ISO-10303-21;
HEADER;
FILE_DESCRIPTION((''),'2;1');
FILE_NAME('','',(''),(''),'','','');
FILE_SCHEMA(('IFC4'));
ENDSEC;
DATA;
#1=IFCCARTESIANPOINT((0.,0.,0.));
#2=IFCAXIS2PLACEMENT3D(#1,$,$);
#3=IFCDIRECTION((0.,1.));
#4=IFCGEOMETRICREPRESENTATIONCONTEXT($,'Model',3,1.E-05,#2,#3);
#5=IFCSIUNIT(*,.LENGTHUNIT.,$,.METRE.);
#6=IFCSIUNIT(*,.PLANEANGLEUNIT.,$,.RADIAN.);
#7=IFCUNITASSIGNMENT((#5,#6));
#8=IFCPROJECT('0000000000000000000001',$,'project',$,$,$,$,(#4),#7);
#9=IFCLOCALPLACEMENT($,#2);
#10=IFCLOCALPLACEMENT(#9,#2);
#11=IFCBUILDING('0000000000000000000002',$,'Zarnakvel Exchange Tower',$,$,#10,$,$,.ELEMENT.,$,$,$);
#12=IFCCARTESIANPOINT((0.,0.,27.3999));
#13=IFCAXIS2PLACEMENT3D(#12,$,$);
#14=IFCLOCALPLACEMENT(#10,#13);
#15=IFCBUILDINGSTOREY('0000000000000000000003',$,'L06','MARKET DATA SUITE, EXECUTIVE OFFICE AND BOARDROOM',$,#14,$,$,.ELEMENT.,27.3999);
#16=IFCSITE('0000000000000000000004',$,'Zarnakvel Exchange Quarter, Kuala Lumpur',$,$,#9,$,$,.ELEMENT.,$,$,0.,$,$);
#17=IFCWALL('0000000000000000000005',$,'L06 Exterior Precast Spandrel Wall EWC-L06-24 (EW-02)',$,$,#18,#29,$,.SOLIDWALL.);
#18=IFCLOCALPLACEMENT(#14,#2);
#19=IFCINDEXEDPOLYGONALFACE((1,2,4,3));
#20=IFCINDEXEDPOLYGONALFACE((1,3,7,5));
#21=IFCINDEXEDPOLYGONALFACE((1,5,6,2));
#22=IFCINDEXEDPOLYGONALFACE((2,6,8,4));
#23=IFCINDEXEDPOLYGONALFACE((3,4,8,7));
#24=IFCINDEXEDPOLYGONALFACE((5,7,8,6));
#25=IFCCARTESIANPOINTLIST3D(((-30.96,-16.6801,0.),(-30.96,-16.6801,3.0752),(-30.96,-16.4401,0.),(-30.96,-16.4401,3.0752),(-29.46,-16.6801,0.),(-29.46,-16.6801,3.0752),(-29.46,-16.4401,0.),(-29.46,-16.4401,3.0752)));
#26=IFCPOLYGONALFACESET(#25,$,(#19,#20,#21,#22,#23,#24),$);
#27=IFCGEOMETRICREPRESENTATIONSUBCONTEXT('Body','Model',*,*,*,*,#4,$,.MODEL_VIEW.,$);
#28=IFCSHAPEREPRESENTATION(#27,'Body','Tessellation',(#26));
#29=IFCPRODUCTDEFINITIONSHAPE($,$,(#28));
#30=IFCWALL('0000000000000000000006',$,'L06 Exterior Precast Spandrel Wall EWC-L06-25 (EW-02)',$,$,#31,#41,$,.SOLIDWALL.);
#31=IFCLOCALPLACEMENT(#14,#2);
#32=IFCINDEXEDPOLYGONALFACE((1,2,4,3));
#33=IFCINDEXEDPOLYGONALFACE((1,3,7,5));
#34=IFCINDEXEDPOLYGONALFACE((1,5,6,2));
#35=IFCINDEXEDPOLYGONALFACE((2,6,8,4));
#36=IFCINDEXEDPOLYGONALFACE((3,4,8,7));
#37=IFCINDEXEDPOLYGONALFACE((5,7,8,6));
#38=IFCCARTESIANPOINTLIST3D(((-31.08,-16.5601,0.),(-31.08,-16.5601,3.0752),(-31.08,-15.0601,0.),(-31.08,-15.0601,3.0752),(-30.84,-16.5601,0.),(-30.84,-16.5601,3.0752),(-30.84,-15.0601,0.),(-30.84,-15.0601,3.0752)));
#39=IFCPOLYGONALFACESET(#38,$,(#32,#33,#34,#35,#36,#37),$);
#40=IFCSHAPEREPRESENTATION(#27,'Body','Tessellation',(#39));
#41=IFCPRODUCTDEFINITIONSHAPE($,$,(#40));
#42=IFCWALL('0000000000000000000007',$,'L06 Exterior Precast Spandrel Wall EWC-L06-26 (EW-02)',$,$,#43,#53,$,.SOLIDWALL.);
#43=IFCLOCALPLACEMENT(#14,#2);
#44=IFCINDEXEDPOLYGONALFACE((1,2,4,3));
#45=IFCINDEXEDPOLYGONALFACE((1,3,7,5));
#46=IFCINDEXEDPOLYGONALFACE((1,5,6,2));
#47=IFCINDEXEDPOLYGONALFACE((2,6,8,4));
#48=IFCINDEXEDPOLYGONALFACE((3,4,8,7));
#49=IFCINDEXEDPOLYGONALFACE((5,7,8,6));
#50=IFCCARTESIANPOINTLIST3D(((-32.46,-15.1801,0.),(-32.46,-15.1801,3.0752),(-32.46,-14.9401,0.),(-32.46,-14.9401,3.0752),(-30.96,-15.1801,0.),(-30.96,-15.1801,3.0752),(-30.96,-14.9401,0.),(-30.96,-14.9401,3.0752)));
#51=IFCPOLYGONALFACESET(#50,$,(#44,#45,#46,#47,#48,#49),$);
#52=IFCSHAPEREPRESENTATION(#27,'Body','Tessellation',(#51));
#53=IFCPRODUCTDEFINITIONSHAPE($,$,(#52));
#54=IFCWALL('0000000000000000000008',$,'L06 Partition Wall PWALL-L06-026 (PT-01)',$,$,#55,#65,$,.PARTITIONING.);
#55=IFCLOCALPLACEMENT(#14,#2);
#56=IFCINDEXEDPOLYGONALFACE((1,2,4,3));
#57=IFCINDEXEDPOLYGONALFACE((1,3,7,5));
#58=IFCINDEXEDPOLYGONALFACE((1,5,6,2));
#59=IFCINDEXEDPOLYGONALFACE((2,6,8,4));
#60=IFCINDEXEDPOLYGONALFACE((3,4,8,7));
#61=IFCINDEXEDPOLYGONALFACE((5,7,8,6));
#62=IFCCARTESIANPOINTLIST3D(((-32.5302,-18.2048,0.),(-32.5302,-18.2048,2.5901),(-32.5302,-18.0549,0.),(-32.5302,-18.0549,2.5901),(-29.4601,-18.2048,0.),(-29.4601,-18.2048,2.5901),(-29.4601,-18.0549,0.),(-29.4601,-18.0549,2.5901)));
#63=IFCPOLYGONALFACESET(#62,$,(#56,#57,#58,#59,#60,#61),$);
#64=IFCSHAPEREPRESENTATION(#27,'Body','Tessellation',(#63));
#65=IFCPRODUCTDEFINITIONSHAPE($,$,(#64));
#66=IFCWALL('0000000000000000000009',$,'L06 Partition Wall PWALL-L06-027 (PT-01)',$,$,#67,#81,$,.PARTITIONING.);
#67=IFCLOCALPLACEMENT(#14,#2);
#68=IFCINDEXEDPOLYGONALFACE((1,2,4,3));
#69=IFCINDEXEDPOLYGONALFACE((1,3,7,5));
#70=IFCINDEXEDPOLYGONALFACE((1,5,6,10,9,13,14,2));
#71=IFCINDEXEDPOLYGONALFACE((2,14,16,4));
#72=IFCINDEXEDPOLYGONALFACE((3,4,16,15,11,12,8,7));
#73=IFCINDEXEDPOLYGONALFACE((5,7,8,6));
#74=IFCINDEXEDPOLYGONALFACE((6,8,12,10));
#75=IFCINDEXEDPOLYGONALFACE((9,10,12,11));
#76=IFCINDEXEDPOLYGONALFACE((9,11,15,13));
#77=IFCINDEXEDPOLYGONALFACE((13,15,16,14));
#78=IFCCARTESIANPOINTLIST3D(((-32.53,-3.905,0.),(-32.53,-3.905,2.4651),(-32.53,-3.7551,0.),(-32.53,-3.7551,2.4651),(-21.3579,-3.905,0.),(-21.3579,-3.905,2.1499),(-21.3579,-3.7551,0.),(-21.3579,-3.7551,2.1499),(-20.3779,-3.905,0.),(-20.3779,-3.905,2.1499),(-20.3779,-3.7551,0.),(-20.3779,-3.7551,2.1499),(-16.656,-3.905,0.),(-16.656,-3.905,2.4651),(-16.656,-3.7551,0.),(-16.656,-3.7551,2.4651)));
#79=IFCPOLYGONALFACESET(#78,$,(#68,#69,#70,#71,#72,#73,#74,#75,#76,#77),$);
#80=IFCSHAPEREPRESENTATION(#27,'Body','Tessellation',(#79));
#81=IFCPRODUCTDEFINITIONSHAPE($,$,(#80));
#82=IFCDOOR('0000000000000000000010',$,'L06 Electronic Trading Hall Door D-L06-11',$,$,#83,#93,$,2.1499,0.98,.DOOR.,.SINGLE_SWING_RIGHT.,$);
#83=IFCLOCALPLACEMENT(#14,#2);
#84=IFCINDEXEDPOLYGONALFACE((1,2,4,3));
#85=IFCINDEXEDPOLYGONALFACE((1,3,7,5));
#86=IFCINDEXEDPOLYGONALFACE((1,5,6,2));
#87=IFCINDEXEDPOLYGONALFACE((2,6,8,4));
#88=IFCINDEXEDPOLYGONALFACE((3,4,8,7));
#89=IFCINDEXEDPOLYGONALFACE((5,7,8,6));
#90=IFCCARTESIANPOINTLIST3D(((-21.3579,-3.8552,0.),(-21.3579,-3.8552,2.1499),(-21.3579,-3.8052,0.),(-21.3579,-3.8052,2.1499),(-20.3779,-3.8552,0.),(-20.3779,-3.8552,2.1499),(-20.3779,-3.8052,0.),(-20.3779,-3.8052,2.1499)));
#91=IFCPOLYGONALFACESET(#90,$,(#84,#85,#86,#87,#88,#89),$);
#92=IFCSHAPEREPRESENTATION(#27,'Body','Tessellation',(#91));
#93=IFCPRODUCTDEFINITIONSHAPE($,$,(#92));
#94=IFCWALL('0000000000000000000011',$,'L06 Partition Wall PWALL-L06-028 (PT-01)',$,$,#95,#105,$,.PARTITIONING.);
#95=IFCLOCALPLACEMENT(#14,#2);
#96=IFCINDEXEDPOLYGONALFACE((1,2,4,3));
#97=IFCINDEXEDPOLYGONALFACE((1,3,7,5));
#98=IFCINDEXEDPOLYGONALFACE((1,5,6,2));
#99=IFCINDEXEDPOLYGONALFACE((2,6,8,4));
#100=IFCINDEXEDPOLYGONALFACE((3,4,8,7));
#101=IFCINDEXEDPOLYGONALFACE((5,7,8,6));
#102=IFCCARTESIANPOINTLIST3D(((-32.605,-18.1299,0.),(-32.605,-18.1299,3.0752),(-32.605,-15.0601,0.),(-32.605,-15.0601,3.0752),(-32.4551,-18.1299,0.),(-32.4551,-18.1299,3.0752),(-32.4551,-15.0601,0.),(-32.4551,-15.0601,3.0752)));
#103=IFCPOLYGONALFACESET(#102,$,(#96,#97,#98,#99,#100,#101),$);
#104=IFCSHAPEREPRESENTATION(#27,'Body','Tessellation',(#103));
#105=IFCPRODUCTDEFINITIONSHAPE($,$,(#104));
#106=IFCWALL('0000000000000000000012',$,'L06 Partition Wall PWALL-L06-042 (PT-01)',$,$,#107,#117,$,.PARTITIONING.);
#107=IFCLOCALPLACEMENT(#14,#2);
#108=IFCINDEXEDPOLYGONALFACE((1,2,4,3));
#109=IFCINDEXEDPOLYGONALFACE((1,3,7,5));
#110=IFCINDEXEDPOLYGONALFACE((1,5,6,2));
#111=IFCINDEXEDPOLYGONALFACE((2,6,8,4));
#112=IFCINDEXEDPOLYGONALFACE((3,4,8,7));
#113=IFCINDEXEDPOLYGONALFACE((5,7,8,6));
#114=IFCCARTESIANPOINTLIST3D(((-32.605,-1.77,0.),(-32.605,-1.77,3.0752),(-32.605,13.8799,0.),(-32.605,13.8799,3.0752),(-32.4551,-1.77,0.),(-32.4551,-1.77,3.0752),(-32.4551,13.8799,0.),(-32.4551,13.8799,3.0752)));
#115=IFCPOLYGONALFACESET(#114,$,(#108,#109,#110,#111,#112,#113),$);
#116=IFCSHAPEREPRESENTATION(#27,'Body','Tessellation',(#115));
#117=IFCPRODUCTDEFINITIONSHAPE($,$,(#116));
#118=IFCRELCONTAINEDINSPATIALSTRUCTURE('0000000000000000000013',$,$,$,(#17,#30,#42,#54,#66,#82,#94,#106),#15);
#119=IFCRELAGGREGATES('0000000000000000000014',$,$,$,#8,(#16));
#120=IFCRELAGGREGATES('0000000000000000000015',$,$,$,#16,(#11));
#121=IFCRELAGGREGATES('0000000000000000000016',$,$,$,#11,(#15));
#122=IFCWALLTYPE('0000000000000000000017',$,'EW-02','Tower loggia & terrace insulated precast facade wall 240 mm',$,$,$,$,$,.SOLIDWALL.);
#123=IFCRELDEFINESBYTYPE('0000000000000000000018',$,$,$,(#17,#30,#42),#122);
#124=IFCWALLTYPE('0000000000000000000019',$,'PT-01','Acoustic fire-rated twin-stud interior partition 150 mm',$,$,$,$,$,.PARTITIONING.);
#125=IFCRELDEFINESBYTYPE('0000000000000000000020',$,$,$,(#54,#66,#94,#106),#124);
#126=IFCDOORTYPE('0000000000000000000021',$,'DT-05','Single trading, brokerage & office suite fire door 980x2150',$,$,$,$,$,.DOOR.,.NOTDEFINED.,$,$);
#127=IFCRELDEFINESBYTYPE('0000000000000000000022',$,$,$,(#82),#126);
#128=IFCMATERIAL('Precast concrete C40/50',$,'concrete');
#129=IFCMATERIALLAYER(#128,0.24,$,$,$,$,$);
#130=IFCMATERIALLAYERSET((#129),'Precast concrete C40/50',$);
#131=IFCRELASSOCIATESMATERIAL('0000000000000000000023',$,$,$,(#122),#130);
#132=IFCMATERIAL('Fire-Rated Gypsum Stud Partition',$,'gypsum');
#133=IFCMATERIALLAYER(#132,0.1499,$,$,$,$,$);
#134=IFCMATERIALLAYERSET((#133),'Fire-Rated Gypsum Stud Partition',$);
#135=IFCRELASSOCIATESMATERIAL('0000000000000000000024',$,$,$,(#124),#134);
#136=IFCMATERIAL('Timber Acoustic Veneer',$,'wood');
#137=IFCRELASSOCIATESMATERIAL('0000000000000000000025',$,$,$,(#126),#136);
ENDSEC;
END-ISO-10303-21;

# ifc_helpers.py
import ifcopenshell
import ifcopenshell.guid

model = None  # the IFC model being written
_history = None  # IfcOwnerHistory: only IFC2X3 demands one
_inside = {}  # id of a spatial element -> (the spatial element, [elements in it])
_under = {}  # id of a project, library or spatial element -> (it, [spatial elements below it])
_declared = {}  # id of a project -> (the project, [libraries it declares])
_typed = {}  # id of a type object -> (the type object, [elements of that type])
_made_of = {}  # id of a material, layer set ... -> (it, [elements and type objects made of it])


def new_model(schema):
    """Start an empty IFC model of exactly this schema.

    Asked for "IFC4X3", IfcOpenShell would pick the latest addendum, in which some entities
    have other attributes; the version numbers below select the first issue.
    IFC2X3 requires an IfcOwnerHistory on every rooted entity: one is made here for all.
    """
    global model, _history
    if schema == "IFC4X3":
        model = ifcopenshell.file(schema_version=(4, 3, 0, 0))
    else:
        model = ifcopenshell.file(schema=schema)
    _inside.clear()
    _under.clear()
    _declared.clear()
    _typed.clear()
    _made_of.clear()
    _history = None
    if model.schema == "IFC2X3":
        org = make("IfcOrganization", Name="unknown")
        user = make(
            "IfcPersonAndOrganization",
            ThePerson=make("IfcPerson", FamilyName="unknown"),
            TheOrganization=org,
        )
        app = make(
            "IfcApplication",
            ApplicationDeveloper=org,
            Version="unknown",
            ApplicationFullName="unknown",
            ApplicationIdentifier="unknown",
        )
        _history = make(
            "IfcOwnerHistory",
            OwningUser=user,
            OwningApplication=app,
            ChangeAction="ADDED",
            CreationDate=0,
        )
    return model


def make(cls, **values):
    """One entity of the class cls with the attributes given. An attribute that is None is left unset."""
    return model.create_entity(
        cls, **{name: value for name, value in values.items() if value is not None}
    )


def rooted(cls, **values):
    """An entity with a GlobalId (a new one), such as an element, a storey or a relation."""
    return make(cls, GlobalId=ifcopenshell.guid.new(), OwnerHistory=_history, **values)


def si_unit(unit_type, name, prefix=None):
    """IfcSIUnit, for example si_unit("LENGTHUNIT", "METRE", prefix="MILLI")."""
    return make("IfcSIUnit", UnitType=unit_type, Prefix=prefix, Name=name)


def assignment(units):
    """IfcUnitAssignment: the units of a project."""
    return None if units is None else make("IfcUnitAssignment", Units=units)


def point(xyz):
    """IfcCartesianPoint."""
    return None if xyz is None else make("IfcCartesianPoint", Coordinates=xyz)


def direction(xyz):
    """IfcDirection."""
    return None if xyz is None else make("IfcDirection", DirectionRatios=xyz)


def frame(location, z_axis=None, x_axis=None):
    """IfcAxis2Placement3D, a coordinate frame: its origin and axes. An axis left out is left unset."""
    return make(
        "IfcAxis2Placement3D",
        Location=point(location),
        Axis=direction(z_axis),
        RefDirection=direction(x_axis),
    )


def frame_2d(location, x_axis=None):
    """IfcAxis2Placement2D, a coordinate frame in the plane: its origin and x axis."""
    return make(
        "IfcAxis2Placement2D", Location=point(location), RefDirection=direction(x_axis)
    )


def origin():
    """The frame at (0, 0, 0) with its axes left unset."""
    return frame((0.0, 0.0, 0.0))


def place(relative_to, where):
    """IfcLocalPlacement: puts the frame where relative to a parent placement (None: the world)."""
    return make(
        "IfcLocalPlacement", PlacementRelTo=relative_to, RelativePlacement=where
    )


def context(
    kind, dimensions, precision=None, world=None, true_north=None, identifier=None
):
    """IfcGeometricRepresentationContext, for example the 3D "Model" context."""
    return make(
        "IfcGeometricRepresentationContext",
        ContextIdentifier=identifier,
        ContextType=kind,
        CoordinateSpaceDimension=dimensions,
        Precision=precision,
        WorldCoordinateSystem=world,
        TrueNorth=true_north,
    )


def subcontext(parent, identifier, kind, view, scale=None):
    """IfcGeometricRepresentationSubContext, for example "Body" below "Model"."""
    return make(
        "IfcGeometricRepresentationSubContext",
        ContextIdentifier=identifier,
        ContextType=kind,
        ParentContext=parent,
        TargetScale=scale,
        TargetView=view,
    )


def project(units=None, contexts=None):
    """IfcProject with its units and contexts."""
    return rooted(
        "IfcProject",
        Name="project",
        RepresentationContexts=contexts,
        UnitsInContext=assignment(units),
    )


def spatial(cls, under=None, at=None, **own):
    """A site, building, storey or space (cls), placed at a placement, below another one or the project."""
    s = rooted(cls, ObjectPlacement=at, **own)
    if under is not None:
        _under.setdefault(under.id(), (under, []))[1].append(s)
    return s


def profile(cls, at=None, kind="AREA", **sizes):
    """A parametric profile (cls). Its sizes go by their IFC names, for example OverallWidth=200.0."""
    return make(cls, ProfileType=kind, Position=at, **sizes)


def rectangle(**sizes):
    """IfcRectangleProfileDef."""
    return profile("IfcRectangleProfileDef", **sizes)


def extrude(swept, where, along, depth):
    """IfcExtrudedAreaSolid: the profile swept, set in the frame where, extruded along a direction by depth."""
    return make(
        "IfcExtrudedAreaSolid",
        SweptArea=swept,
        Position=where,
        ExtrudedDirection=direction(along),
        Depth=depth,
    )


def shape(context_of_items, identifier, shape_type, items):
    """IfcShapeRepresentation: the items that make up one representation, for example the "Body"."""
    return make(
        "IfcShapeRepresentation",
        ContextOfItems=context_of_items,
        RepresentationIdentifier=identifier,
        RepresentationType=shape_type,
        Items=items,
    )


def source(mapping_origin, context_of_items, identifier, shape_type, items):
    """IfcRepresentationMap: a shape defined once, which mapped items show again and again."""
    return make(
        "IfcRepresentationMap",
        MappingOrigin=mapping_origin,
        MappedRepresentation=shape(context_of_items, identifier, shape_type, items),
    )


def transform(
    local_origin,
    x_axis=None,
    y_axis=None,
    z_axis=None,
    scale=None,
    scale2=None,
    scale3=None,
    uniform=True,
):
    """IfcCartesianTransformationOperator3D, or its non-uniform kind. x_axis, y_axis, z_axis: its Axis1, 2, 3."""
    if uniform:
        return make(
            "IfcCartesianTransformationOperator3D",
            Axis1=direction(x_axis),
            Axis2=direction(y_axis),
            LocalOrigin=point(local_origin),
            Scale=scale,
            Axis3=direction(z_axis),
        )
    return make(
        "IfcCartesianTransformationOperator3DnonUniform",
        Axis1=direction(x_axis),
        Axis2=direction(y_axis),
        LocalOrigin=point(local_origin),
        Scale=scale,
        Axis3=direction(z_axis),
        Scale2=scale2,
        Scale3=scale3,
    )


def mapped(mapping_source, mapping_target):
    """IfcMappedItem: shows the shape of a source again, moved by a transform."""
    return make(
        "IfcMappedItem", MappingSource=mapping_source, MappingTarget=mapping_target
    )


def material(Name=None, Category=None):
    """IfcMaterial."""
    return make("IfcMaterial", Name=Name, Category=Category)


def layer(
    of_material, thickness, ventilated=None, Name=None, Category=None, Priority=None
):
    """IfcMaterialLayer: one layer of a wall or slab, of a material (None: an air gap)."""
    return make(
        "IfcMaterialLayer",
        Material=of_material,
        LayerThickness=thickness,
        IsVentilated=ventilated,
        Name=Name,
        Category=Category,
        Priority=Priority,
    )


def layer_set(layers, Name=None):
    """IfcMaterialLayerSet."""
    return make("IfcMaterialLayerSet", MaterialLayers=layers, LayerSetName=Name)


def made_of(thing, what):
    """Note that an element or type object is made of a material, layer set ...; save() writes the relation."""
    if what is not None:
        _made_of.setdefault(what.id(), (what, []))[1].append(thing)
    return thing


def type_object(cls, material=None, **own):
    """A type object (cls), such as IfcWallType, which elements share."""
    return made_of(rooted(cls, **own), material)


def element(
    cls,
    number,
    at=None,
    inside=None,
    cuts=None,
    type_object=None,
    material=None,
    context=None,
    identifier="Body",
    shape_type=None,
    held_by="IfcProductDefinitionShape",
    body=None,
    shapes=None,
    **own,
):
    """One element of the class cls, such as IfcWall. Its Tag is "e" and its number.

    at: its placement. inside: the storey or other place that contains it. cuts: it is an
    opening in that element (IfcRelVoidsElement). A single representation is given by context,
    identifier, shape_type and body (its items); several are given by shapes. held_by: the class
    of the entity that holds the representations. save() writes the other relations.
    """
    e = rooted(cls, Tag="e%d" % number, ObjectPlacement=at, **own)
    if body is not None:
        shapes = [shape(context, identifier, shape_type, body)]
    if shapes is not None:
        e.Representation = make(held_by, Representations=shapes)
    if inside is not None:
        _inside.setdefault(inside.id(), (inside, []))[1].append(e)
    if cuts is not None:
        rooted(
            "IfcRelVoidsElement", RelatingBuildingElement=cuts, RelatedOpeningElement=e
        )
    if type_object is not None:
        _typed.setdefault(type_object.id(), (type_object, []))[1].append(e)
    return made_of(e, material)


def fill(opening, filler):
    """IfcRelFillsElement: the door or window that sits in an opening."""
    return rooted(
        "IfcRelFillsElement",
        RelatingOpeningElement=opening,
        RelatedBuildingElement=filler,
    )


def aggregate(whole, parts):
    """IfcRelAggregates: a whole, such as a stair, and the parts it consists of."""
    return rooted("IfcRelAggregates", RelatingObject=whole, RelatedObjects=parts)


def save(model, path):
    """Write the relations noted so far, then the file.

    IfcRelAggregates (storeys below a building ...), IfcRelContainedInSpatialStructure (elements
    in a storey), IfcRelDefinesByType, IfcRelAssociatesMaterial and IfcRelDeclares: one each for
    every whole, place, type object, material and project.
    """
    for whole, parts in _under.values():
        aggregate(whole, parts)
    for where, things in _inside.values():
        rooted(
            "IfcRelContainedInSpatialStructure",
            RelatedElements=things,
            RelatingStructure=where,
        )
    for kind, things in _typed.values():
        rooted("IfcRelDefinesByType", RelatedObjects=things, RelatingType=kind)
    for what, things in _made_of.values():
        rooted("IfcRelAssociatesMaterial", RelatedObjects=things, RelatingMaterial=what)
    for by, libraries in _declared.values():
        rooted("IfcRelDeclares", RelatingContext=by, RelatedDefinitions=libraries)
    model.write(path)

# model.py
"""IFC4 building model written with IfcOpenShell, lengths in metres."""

from ifc_helpers import new_model, si_unit, direction, frame, frame_2d, origin, place, context, subcontext, project, spatial, rectangle, extrude, source, transform, mapped, material, layer, layer_set, type_object, element, fill, save


model = new_model("IFC4")

# Units and contexts
model_context = context("Model", 3, precision=1e-05, world=origin(), true_north=direction((0.0, 1.0)))
body_context = subcontext(model_context, "Body", "Model", "MODEL_VIEW")
ifc_project = project(units=[si_unit("LENGTHUNIT", "METRE"), si_unit("PLANEANGLEUNIT", "RADIAN")], contexts=[model_context])

# Site, building, storey
site_placement = place(None, origin())
site = spatial("IfcSite", under=ifc_project, at=site_placement, Name="Zarnakvel Exchange Quarter, Kuala Lumpur", CompositionType="ELEMENT", RefElevation=0.0)
building_placement = place(site_placement, origin())
building = spatial("IfcBuilding", under=site, at=building_placement, Name="Zarnakvel Exchange Tower", CompositionType="ELEMENT")
storey_placement = place(building_placement, frame((0.0, 0.0, 27.3999)))
storey = spatial("IfcBuildingStorey", under=building, at=storey_placement, Name="L06", Description="MARKET DATA SUITE, EXECUTIVE OFFICE AND BOARDROOM", CompositionType="ELEMENT", Elevation=27.3999)

# Shared definitions
ifc_material_1 = material(Name="Precast concrete C40/50", Category="concrete")
ifc_layer_1 = layer(ifc_material_1, 0.24)
ifc_layer_set_1 = layer_set([ifc_layer_1], Name="Precast concrete C40/50")
wall_type_1 = type_object("IfcWallType", Name="EW-02", Description="Tower loggia & terrace insulated precast facade wall 240 mm", PredefinedType="SOLIDWALL", material=ifc_layer_set_1)

# Walls
for number, where, z_axis, x_axis, name in (
    (1, (-30.96, -16.5601, 0.0), (0.0, 0.0, 1.0), (1.0, 0.0, 0.0), "L06 Exterior Precast Spandrel Wall EWC-L06-24 (EW-02)"),
    (2, (-30.96, -15.0601, 0.0), (0.0, 0.0, 1.0), (0.0, -1.0, 0.0), "L06 Exterior Precast Spandrel Wall EWC-L06-25 (EW-02)"),
    (3, (-32.46, -15.0601, 0.0), (0.0, 0.0, 1.0), (1.0, 0.0, 0.0), "L06 Exterior Precast Spandrel Wall EWC-L06-26 (EW-02)"),
):
    element("IfcWall", number, at=place(storey_placement, frame(where, z_axis=z_axis, x_axis=x_axis)), inside=storey, type_object=wall_type_1, Name=name, PredefinedType="SOLIDWALL", context=body_context, shape_type="SweptSolid", body=[
        extrude(rectangle(XDim=1.5, YDim=0.24, at=frame_2d((0.75, 0.0))), origin(), (0.0, 0.0, 1.0), 3.0752),
    ])
ifc_material_2 = material(Name="Fire-Rated Gypsum Stud Partition", Category="gypsum")
ifc_layer_2 = layer(ifc_material_2, 0.1499)
ifc_layer_set_2 = layer_set([ifc_layer_2], Name="Fire-Rated Gypsum Stud Partition")
wall_type_2 = type_object("IfcWallType", Name="PT-01", Description="Acoustic fire-rated twin-stud interior partition 150 mm", PredefinedType="PARTITIONING", material=ifc_layer_set_2)
wall_1_placement = place(storey_placement, frame((-29.46, -18.1299, 0.0), z_axis=(0.0, 0.0, 1.0), x_axis=(-1.0, 0.0, 0.0)))
element("IfcWall", 4, at=wall_1_placement, inside=storey, type_object=wall_type_2, Name="L06 Partition Wall PWALL-L06-026 (PT-01)", PredefinedType="PARTITIONING", context=body_context, shape_type="SweptSolid", body=[
    extrude(rectangle(XDim=3.0701, YDim=0.1499, at=frame_2d((1.5352, 0.0))), origin(), (0.0, 0.0, 1.0), 2.5901),
])

# Wall, opening, door
wall_2_placement = place(storey_placement, frame((-32.53, -3.8301, 0.0), z_axis=(0.0, 0.0, 1.0), x_axis=(1.0, 0.0, 0.0)))
wall_2 = element("IfcWall", 5, at=wall_2_placement, inside=storey, type_object=wall_type_2, Name="L06 Partition Wall PWALL-L06-027 (PT-01)", PredefinedType="PARTITIONING", context=body_context, shape_type="SweptSolid", body=[
    extrude(rectangle(XDim=15.874, YDim=0.1499, at=frame_2d((7.937, 0.0))), origin(), (0.0, 0.0, 1.0), 2.4651),
])
opening_1_placement = place(wall_2_placement, frame((11.1721, 0.0, 0.0)))
opening_1 = element("IfcOpeningElement", 6, at=opening_1_placement, cuts=wall_2, PredefinedType="OPENING", context=body_context, shape_type="SweptSolid", body=[
    extrude(rectangle(XDim=0.98, YDim=2.1499, at=frame_2d((0.49, 1.075))), frame((0.0, 0.085, 0.0), z_axis=(0.0, -1.0, 0.0), x_axis=(1.0, 0.0, 0.0)), (0.0, 0.0, 1.0), 0.1699),
])
ifc_material_3 = material(Name="Timber Acoustic Veneer", Category="wood")
door_type_1 = type_object("IfcDoorType", Name="DT-05", Description="Single trading, brokerage & office suite fire door 980x2150", OperationType="NOTDEFINED", PredefinedType="DOOR", material=ifc_material_3)
shared_shape_1 = source(origin(), body_context, "Body", "SweptSolid", [
    extrude(rectangle(XDim=0.98, YDim=2.1499, at=frame_2d((0.49, 1.075))), frame((0.0, 0.0249, 0.0), z_axis=(0.0, -1.0, 0.0), x_axis=(1.0, 0.0, 0.0)), (0.0, 0.0, 1.0), 0.05),
])
door_1_placement = place(opening_1_placement, origin())
door_1 = element("IfcDoor", 7, at=door_1_placement, inside=storey, type_object=door_type_1, Name="L06 Electronic Trading Hall Door D-L06-11", OperationType="SINGLE_SWING_RIGHT", OverallHeight=2.1499, OverallWidth=0.98, PredefinedType="DOOR", context=body_context, shape_type="MappedRepresentation", body=[
    mapped(shared_shape_1, transform((0.0, 0.0, 0.0), x_axis=(1.0, 0.0, 0.0), y_axis=(0.0, 1.0, 0.0), z_axis=(0.0, 0.0, 1.0), scale=1.0)),
])
fill(opening_1, door_1)

# Walls
wall_3_placement = place(storey_placement, frame((-32.53, -18.1299, 0.0), z_axis=(0.0, 0.0, 1.0), x_axis=(0.0, 1.0, 0.0)))
element("IfcWall", 8, at=wall_3_placement, inside=storey, type_object=wall_type_2, Name="L06 Partition Wall PWALL-L06-028 (PT-01)", PredefinedType="PARTITIONING", context=body_context, shape_type="SweptSolid", body=[
    extrude(rectangle(XDim=3.0698, YDim=0.1499, at=frame_2d((1.5349, 0.0))), origin(), (0.0, 0.0, 1.0), 3.0752),
])
wall_4_placement = place(storey_placement, frame((-32.53, -1.77, 0.0), z_axis=(0.0, 0.0, 1.0), x_axis=(0.0, 1.0, 0.0)))
element("IfcWall", 9, at=wall_4_placement, inside=storey, type_object=wall_type_2, Name="L06 Partition Wall PWALL-L06-042 (PT-01)", PredefinedType="PARTITIONING", context=body_context, shape_type="SweptSolid", body=[
    extrude(rectangle(XDim=15.6499, YDim=0.1499, at=frame_2d((7.825, 0.0))), origin(), (0.0, 0.0, 1.0), 3.0752),
])

save(model, "model.ifc")
